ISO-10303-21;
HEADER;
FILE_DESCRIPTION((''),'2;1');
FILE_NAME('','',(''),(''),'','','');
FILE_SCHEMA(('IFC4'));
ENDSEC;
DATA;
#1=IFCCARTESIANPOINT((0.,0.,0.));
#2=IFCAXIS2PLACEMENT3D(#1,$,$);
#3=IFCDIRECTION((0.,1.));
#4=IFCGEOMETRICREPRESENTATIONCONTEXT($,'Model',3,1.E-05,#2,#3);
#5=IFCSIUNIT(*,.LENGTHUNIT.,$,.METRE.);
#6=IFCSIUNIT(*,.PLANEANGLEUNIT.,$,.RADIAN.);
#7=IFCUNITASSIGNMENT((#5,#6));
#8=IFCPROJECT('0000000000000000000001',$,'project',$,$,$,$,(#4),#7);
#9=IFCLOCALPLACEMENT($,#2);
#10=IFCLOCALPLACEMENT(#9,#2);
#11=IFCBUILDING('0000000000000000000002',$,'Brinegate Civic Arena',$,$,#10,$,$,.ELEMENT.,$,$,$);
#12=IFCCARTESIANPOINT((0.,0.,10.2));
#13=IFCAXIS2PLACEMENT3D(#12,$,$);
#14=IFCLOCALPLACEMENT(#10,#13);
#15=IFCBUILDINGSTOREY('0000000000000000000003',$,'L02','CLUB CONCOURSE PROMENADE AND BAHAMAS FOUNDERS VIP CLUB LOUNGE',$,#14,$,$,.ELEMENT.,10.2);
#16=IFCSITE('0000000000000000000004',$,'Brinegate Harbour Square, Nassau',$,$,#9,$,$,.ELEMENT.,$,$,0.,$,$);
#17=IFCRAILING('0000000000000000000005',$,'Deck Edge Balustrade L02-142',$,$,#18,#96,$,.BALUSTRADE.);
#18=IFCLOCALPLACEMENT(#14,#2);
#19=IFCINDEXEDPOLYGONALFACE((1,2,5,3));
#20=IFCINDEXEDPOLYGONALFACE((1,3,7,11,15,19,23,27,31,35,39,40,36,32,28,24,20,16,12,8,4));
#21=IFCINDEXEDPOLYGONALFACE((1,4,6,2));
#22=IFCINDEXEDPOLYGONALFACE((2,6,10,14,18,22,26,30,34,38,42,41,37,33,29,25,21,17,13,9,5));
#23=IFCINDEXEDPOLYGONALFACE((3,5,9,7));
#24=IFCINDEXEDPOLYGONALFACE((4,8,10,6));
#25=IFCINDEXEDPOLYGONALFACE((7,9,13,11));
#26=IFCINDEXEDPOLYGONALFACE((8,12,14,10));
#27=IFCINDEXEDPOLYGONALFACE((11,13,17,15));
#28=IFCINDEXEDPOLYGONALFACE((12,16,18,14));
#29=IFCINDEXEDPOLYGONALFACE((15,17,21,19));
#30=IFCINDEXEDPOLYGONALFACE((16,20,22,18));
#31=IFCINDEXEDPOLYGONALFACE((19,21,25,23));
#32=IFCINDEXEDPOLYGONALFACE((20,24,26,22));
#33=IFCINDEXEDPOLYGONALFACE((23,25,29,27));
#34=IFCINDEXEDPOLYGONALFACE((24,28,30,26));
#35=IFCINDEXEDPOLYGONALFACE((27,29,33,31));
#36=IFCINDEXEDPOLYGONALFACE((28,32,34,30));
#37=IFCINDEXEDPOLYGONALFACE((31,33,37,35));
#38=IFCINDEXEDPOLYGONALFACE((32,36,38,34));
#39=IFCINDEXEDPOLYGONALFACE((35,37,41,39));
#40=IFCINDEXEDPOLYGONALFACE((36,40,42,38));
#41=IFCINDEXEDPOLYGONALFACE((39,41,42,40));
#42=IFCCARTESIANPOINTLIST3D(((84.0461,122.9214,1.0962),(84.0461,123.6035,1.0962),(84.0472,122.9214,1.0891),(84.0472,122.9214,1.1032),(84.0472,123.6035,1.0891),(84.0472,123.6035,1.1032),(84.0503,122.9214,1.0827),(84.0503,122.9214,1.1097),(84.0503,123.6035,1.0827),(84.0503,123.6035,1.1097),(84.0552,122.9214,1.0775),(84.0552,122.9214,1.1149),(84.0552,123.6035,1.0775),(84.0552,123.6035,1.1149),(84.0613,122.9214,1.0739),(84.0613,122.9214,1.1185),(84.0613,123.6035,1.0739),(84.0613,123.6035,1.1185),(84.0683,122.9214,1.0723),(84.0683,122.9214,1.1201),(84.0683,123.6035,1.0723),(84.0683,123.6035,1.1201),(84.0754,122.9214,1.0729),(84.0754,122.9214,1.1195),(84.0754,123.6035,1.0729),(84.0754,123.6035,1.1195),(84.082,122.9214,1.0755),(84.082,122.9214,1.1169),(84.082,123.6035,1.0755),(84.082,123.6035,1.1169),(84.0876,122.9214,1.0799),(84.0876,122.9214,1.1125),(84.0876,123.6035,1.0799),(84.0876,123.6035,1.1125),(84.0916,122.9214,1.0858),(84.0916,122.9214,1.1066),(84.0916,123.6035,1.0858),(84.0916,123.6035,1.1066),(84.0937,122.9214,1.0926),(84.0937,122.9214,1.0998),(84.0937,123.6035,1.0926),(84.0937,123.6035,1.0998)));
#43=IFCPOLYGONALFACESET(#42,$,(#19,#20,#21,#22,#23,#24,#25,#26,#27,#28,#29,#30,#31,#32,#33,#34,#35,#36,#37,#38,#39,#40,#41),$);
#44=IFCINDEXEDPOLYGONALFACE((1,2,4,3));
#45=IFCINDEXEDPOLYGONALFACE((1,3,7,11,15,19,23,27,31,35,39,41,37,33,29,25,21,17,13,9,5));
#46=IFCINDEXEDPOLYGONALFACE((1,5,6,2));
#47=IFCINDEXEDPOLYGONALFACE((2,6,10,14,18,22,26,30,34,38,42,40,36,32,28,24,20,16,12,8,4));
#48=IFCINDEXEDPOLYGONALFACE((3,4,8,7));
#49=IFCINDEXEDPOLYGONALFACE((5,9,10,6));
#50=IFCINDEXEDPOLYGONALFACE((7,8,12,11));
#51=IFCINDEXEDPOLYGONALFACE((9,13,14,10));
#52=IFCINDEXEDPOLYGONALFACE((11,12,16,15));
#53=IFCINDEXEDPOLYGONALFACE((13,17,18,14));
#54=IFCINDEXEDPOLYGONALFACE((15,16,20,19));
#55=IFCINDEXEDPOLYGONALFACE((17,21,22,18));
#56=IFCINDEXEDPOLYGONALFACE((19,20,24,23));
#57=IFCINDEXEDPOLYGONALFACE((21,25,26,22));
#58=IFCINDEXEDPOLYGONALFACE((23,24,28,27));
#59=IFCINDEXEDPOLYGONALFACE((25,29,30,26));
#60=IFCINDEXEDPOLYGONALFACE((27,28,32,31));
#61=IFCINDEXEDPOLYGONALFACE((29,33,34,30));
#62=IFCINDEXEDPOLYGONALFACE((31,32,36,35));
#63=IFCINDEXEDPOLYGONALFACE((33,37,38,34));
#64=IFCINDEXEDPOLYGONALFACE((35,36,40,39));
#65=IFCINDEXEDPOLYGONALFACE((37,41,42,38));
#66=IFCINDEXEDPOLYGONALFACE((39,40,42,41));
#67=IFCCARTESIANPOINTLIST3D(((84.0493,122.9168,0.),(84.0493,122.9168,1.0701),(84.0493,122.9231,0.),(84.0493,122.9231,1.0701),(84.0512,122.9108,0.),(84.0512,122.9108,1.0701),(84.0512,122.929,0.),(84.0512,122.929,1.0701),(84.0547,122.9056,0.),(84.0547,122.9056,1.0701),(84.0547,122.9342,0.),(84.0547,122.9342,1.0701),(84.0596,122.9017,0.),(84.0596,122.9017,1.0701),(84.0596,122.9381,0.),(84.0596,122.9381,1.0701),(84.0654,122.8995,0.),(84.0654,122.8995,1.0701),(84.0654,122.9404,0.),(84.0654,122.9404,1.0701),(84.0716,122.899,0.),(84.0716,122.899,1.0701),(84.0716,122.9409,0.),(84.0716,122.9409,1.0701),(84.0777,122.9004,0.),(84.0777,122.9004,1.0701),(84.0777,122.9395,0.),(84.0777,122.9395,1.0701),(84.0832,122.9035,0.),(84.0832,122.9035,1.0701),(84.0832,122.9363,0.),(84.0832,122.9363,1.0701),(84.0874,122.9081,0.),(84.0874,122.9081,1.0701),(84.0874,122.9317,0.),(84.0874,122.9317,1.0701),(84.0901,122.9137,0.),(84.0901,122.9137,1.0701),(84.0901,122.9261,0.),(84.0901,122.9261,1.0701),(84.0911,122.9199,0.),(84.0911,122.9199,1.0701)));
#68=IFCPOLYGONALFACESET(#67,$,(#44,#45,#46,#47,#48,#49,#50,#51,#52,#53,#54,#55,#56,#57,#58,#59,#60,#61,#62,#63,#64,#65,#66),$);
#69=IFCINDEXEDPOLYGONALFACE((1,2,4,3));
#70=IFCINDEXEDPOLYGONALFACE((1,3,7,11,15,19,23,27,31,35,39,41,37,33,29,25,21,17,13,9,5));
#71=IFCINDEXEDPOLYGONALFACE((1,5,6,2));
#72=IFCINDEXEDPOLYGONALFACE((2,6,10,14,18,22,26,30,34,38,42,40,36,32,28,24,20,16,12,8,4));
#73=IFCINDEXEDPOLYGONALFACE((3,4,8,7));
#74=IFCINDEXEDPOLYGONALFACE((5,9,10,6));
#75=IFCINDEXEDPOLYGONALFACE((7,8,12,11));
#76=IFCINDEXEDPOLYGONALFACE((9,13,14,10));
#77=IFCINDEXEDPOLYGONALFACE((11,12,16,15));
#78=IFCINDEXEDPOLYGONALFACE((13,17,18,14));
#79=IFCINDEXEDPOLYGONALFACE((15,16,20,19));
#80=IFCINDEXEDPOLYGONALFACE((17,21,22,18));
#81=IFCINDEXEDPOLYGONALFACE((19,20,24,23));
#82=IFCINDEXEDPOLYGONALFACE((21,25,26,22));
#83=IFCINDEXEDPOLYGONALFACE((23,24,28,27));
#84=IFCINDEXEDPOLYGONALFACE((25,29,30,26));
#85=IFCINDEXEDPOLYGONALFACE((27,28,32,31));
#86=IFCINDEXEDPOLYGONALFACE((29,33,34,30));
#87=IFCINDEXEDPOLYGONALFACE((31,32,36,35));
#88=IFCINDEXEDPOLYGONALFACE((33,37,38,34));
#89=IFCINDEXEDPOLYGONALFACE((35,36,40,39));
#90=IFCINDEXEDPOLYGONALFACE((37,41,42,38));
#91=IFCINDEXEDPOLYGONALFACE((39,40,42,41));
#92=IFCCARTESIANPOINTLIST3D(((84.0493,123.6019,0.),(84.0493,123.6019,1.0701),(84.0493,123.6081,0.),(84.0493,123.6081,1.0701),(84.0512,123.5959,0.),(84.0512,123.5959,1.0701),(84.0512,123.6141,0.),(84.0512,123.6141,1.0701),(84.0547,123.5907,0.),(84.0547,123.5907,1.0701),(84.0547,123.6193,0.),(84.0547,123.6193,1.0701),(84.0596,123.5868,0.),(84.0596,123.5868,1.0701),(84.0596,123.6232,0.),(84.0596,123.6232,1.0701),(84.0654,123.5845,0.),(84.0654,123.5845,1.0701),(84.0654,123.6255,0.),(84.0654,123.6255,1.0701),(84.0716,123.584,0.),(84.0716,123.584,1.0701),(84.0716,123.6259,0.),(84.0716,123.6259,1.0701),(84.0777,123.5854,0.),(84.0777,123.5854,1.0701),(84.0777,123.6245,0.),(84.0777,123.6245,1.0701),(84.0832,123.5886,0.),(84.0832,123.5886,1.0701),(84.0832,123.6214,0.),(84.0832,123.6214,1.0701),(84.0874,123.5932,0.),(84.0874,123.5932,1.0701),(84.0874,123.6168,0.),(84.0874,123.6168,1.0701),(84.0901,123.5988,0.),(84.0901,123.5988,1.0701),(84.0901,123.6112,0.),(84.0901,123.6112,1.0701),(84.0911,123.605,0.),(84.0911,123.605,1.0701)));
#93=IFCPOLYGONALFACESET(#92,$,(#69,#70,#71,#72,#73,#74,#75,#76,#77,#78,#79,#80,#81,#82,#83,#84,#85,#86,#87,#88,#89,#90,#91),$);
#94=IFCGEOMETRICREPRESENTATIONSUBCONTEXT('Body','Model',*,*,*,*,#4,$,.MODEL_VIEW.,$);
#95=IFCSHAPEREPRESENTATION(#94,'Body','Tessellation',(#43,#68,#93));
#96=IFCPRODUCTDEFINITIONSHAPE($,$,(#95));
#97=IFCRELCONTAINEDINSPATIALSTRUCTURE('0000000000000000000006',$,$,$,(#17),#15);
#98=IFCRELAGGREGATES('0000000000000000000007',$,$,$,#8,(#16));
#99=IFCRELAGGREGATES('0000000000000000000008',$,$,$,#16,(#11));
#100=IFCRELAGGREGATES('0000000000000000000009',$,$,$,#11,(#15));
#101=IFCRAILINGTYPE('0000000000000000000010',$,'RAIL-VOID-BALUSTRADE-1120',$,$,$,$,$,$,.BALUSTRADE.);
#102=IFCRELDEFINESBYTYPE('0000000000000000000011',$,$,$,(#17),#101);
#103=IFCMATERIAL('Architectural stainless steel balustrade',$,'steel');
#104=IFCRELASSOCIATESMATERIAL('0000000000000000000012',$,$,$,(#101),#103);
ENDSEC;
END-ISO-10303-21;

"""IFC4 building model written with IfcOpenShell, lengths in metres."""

from ifc_helpers import new_model, si_unit, direction, frame, origin, origin_2d, place, context, subcontext, project, spatial, circle, extrude, material, type_object, element, save


model = new_model("IFC4")

# Units and contexts
model_context = context("Model", 3, precision=1e-05, world=origin(), true_north=direction((0.0, 1.0)))
body_context = subcontext(model_context, "Body", "Model", "MODEL_VIEW")
ifc_project = project(units=[si_unit("LENGTHUNIT", "METRE"), si_unit("PLANEANGLEUNIT", "RADIAN")], contexts=[model_context])

# Site, building, storey
site_placement = place(None, origin())
site = spatial("IfcSite", under=ifc_project, at=site_placement, Name="Brinegate Harbour Square, Nassau", CompositionType="ELEMENT", RefElevation=0.0)
building_placement = place(site_placement, origin())
building = spatial("IfcBuilding", under=site, at=building_placement, Name="Brinegate Civic Arena", CompositionType="ELEMENT")
storey_placement = place(building_placement, frame((0.0, 0.0, 10.2)))
storey = spatial("IfcBuildingStorey", under=building, at=storey_placement, Name="L02", Description="CLUB CONCOURSE PROMENADE AND BAHAMAS FOUNDERS VIP CLUB LOUNGE", CompositionType="ELEMENT", Elevation=10.2)

# Shared definitions
ifc_material_1 = material(Name="Architectural stainless steel balustrade", Category="steel")

# Railing
railing_type = type_object("IfcRailingType", Name="RAIL-VOID-BALUSTRADE-1120", PredefinedType="BALUSTRADE", material=ifc_material_1)
railing_placement = place(storey_placement, frame((84.0701, 122.9199, 0.0)))
element("IfcRailing", 1, at=railing_placement, inside=storey, type_object=railing_type, Name="Deck Edge Balustrade L02-142", PredefinedType="BALUSTRADE", context=body_context, shape_type="SweptSolid", body=[
    extrude(circle(Radius=0.0239, at=origin_2d()), frame((0.0, 0.0015, 1.0962), z_axis=(0.0, 1.0, 0.0), x_axis=(-1.0, 0.0, 0.0)), (0.0, 0.0, 1.0), 0.6821),
    extrude(circle(Radius=0.021, at=origin_2d()), origin(), (0.0, 0.0, 1.0), 1.0701),
    extrude(circle(Radius=0.021, at=origin_2d()), frame((0.0, 0.6851, 0.0)), (0.0, 0.0, 1.0), 1.0701),
])

save(model, "model.ifc")
